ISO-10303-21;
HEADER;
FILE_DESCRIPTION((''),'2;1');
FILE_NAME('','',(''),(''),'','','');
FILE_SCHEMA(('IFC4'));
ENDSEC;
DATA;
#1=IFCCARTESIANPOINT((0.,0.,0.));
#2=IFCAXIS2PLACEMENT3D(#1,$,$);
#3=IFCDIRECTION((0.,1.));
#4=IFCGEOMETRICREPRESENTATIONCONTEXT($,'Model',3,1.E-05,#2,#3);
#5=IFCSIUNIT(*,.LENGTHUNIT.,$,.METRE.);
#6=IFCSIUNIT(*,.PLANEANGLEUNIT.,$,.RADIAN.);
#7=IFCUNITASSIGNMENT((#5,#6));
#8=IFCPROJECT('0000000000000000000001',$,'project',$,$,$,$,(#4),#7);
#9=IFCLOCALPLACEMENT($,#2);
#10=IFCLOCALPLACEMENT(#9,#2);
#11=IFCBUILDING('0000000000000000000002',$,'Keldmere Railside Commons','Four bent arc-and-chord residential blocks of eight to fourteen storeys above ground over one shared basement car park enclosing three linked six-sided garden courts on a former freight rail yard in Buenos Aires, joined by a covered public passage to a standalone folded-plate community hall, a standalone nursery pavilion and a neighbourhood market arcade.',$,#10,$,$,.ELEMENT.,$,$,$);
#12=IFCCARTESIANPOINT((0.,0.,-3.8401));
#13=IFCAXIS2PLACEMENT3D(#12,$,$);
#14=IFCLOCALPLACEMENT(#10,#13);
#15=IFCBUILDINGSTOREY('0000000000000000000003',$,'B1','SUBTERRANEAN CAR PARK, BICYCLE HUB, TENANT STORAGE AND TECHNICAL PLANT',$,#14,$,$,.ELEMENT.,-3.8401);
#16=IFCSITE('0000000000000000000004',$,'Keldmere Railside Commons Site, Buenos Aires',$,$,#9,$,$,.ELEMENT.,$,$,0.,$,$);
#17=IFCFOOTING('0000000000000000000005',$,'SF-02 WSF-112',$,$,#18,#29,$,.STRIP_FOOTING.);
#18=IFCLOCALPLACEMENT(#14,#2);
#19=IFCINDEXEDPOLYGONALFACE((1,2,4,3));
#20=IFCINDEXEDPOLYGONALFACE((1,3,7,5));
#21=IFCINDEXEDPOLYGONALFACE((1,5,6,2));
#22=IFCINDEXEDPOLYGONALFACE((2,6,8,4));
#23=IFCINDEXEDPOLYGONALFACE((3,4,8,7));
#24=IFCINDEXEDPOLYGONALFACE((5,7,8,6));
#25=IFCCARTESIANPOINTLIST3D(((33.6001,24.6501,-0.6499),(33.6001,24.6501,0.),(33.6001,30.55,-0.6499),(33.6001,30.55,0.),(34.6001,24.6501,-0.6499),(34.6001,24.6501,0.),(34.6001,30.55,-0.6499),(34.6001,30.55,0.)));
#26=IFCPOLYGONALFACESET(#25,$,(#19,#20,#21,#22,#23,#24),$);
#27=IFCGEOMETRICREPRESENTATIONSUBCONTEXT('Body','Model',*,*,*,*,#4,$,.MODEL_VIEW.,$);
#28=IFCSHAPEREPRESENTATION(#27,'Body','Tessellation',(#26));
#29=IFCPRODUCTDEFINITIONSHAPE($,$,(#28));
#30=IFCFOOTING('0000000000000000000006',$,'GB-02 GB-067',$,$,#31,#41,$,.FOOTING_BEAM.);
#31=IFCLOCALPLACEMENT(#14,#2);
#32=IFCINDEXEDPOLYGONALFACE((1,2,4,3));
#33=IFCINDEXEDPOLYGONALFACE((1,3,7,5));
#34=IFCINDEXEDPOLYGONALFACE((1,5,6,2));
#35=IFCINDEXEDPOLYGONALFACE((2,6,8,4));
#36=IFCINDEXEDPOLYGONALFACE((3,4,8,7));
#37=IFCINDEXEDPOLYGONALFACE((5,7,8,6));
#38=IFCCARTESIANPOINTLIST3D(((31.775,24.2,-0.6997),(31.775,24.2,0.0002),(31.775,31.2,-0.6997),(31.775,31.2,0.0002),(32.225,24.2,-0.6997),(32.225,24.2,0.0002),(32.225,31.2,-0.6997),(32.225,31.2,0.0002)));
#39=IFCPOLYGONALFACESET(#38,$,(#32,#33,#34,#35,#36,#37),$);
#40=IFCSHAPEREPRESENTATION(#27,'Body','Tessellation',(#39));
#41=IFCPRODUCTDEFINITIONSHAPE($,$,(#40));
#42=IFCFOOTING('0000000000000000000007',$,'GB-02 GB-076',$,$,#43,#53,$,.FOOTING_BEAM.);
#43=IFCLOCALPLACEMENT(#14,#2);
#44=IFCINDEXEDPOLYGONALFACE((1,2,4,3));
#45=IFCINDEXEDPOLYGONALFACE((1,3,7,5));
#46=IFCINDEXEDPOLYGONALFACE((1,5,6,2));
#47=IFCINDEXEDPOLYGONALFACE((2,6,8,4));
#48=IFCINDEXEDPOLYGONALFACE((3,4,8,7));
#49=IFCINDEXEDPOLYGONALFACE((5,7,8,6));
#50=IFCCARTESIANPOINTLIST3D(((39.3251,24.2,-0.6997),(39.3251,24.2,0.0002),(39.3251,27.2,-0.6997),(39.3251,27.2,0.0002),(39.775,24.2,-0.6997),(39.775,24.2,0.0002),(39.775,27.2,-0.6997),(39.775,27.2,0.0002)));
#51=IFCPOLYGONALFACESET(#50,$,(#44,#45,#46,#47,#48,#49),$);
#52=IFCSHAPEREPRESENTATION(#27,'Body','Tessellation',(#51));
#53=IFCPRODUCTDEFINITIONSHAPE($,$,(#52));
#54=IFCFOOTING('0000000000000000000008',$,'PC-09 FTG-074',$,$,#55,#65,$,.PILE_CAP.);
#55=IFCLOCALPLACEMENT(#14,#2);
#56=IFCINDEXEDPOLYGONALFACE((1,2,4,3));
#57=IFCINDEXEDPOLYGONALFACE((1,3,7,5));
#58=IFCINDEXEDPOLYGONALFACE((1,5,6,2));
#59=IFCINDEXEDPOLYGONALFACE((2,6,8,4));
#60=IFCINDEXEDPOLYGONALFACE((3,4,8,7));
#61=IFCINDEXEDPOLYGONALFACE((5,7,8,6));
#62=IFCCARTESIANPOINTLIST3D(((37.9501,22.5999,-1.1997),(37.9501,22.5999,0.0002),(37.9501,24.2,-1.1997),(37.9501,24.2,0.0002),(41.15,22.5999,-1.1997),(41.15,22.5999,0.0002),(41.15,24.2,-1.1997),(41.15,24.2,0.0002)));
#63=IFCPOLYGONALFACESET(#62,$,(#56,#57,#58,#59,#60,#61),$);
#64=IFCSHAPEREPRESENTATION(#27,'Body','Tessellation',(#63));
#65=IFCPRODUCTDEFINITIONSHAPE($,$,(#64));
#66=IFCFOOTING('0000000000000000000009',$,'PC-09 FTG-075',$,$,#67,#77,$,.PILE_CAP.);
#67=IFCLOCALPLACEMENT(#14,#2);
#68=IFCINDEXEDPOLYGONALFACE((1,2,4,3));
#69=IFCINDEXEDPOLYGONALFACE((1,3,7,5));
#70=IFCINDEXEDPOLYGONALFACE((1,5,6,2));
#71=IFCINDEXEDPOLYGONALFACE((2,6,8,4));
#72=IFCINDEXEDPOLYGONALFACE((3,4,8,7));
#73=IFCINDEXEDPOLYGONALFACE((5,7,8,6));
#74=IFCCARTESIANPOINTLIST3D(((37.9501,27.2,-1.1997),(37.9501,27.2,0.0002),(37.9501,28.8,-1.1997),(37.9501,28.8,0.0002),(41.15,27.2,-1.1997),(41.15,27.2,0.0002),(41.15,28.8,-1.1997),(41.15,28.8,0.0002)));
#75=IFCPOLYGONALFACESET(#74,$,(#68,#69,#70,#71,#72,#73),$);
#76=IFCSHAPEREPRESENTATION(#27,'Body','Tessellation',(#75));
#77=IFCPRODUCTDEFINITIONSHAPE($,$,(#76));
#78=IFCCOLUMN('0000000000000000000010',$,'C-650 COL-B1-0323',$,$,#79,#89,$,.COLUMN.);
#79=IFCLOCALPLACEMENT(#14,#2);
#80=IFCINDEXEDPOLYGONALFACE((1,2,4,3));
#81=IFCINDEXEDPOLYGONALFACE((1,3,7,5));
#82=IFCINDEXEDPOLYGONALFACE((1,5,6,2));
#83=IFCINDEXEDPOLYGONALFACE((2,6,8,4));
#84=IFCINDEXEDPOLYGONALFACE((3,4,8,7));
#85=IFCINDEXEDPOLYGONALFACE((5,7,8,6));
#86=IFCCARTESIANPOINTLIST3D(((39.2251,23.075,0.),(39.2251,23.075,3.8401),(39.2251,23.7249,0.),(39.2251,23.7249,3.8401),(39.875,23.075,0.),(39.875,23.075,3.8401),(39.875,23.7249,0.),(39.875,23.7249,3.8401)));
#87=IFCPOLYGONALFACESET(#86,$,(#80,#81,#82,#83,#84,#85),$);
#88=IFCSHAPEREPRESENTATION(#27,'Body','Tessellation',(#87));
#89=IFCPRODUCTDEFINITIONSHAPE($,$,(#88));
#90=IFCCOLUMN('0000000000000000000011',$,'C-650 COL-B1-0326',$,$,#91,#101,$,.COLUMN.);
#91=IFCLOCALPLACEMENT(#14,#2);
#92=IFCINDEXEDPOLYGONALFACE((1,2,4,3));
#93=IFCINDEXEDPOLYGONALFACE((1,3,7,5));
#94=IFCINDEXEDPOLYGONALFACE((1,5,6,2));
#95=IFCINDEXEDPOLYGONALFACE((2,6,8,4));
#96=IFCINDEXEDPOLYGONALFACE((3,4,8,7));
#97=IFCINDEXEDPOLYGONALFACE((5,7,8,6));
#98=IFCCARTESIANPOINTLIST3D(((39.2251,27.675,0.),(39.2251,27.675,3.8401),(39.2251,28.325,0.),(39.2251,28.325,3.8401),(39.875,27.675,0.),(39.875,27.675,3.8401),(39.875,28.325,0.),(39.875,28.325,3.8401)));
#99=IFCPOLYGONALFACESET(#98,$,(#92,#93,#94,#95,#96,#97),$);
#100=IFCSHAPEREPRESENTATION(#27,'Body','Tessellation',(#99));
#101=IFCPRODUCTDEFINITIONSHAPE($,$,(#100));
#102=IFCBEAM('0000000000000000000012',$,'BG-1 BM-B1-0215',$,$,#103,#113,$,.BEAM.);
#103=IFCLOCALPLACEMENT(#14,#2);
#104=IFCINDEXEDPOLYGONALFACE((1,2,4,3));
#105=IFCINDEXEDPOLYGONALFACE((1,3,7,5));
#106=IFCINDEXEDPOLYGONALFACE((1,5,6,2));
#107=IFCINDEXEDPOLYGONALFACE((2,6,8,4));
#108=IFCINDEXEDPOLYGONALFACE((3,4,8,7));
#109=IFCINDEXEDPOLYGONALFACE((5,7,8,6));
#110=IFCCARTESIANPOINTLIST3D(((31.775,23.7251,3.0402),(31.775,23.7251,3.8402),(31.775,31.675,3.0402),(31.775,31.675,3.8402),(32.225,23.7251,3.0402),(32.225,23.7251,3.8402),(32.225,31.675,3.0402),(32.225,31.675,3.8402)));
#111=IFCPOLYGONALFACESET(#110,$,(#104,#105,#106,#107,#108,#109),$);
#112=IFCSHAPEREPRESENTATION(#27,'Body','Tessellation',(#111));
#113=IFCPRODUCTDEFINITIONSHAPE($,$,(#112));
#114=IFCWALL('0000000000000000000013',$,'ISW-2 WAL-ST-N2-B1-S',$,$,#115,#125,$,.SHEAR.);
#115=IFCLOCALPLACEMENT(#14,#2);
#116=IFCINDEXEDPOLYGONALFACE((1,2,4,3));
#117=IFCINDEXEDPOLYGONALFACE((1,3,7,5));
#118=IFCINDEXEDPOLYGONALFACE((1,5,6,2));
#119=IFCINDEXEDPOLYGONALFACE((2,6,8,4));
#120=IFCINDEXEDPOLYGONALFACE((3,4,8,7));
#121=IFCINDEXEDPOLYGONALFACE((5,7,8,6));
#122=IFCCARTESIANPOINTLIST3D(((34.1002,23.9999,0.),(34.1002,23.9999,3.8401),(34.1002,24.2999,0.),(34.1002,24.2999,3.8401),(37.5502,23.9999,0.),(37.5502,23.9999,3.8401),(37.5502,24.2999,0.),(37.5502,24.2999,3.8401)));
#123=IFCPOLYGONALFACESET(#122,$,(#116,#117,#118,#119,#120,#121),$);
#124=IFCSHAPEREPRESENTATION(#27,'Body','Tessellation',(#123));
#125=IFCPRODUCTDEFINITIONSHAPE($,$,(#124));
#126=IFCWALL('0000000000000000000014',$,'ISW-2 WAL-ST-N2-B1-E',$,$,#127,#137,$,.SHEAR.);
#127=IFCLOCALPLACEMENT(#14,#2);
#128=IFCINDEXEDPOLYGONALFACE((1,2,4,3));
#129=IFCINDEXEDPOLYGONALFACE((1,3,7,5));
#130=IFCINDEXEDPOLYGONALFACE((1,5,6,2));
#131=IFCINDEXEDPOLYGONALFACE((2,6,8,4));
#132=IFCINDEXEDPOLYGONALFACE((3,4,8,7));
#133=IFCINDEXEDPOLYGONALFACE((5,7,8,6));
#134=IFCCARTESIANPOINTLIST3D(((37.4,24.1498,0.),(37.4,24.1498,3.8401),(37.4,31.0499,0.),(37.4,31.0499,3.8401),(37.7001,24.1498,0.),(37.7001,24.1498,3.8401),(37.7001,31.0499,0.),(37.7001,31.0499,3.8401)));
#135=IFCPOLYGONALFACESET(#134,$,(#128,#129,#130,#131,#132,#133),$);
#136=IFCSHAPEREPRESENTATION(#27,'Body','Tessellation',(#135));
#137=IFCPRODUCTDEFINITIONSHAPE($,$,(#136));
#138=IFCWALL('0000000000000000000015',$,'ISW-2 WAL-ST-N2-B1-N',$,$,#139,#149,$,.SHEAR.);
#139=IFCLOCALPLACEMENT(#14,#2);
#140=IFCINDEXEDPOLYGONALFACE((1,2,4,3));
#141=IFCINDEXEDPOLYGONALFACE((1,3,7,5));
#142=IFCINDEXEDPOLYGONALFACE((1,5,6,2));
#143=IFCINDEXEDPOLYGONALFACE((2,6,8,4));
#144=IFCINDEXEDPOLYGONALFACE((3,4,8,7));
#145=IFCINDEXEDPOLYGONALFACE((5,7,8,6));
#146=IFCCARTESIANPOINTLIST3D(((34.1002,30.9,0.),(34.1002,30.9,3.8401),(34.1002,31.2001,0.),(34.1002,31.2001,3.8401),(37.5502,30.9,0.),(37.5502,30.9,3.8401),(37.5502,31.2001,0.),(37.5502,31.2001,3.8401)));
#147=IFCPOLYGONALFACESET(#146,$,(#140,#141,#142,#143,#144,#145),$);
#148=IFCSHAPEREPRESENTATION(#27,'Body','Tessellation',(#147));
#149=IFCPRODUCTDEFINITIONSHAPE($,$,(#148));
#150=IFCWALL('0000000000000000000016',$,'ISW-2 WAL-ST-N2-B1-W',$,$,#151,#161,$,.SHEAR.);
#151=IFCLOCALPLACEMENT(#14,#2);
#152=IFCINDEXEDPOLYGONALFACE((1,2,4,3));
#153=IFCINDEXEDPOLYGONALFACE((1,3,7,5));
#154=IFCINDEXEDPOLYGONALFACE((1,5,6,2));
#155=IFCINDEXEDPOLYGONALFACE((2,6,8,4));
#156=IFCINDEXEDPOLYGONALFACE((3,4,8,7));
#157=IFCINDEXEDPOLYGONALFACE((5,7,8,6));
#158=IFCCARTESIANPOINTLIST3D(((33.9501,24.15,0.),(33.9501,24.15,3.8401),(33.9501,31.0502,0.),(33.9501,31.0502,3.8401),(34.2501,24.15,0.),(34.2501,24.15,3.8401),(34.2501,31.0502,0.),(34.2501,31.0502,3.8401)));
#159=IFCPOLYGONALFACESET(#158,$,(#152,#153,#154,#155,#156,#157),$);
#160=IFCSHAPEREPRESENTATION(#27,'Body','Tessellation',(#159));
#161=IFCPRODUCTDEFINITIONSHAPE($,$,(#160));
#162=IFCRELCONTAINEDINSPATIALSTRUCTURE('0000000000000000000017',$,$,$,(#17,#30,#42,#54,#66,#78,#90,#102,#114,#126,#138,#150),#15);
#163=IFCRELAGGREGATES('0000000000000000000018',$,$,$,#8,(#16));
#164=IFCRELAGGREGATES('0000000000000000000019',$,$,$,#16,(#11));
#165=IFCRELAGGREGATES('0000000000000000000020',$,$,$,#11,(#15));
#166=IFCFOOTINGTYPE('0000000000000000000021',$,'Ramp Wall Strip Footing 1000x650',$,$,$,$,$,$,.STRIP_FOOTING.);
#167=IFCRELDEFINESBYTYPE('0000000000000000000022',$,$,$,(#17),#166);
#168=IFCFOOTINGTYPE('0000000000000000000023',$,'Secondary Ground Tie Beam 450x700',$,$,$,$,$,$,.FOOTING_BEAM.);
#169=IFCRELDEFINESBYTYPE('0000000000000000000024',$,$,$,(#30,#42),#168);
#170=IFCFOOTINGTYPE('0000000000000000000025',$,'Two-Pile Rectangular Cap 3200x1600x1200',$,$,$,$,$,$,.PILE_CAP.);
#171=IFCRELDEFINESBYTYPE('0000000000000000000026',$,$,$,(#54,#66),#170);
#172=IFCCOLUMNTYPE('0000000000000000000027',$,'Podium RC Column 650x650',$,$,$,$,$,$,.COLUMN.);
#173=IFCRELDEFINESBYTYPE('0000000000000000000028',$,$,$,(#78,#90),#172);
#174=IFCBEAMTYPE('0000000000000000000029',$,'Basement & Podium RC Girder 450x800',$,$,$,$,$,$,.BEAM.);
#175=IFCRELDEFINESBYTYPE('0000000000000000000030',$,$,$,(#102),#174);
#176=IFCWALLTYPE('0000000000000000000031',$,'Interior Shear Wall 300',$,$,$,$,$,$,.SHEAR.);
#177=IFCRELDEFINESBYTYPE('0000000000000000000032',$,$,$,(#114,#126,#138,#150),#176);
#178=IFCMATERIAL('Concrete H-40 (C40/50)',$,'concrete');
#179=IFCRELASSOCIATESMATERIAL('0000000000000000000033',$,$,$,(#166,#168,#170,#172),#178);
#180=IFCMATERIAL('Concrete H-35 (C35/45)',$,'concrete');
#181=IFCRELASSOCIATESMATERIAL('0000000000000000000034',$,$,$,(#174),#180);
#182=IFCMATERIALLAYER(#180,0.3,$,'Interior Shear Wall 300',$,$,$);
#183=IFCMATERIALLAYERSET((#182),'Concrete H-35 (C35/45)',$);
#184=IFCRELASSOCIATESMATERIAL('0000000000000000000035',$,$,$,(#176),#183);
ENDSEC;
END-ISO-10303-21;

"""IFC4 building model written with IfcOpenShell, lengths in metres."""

from ifc_helpers import new_model, si_unit, direction, frame, frame_2d, origin, origin_2d, place, context, subcontext, project, spatial, rectangle, extrude, material, layer, layer_set, material_profile, profile_set, type_object, element, save


model = new_model("IFC4")

# Units and contexts
model_context = context("Model", 3, precision=1e-05, world=origin(), true_north=direction((0.0, 1.0)))
body_context = subcontext(model_context, "Body", "Model", "MODEL_VIEW")
ifc_project = project(units=[si_unit("LENGTHUNIT", "METRE"), si_unit("PLANEANGLEUNIT", "RADIAN")], contexts=[model_context])

# Site, building, storey
site_placement = place(None, origin())
site = spatial("IfcSite", under=ifc_project, at=site_placement, Name="Keldmere Railside Commons Site, Buenos Aires", CompositionType="ELEMENT", RefElevation=0.0)
building_placement = place(site_placement, origin())
building = spatial("IfcBuilding", under=site, at=building_placement, Name="Keldmere Railside Commons", Description="Four bent arc-and-chord residential blocks of eight to fourteen storeys above ground over one shared basement car park enclosing three linked six-sided garden courts on a former freight rail yard in Buenos Aires, joined by a covered public passage to a standalone folded-plate community hall, a standalone nursery pavilion and a neighbourhood market arcade.", CompositionType="ELEMENT")
storey_placement = place(building_placement, frame((0.0, 0.0, -3.8401)))
storey = spatial("IfcBuildingStorey", under=building, at=storey_placement, Name="B1", Description="SUBTERRANEAN CAR PARK, BICYCLE HUB, TENANT STORAGE AND TECHNICAL PLANT", CompositionType="ELEMENT", Elevation=-3.8401)

# Footings
ifc_material_1 = material(Name="Concrete H-40 (C40/50)", Category="concrete")
footing_type_1 = type_object("IfcFootingType", Name="Ramp Wall Strip Footing 1000x650", PredefinedType="STRIP_FOOTING", material=ifc_material_1)
footing_1_placement = place(storey_placement, frame((34.1001, 27.6001, -0.6499), z_axis=(0.0, 0.0, 1.0), x_axis=(0.0, 1.0, 0.0)))
element("IfcFooting", 1, at=footing_1_placement, inside=storey, type_object=footing_type_1, Name="SF-02 WSF-112", PredefinedType="STRIP_FOOTING", context=body_context, shape_type="SweptSolid", body=[
    extrude(rectangle(XDim=5.8999, YDim=1.0, at=origin_2d()), origin(), (0.0, 0.0, 1.0), 0.6499),
])
footing_type_2 = type_object("IfcFootingType", Name="Secondary Ground Tie Beam 450x700", PredefinedType="FOOTING_BEAM", material=ifc_material_1)
footing_2_placement = place(storey_placement, frame((32.0, 27.7, -0.6997), z_axis=(0.0, 0.0, 1.0), x_axis=(0.0, 1.0, 0.0)))
element("IfcFooting", 2, at=footing_2_placement, inside=storey, type_object=footing_type_2, Name="GB-02 GB-067", PredefinedType="FOOTING_BEAM", context=body_context, shape_type="SweptSolid", body=[
    extrude(rectangle(XDim=7.0, YDim=0.45, at=origin_2d()), origin(), (0.0, 0.0, 1.0), 0.7),
])
footing_3_placement = place(storey_placement, frame((39.55, 25.7, -0.6997), z_axis=(0.0, 0.0, 1.0), x_axis=(0.0, 1.0, 0.0)))
element("IfcFooting", 3, at=footing_3_placement, inside=storey, type_object=footing_type_2, Name="GB-02 GB-076", PredefinedType="FOOTING_BEAM", context=body_context, shape_type="SweptSolid", body=[
    extrude(rectangle(XDim=3.0, YDim=0.45, at=origin_2d()), origin(), (0.0, 0.0, 1.0), 0.7),
])
footing_type_3 = type_object("IfcFootingType", Name="Two-Pile Rectangular Cap 3200x1600x1200", PredefinedType="PILE_CAP", material=ifc_material_1)
for number, where, z_axis, x_axis, name in (
    (4, (39.55, 23.3999, -1.1997), (0.0, 0.0, 1.0), (1.0, 0.0, 0.0), "PC-09 FTG-074"),
    (5, (39.55, 28.0, -1.1997), (0.0, 0.0, 1.0), (1.0, 0.0, 0.0), "PC-09 FTG-075"),
):
    element("IfcFooting", number, at=place(storey_placement, frame(where, z_axis=z_axis, x_axis=x_axis)), inside=storey, type_object=footing_type_3, Name=name, PredefinedType="PILE_CAP", context=body_context, shape_type="SweptSolid", body=[
        extrude(rectangle(XDim=3.2, YDim=1.6001, at=origin_2d()), origin(), (0.0, 0.0, 1.0), 1.2),
    ])

# Columns
ifc_material_profile_1 = material_profile(ifc_material_1, rectangle(XDim=0.6499, YDim=0.6499, at=origin_2d()), Name="RC-650x650")
ifc_profile_set_1 = profile_set([ifc_material_profile_1], Name="Concrete H-40 (C40/50)")
column_type = type_object("IfcColumnType", Name="Podium RC Column 650x650", PredefinedType="COLUMN", material=ifc_profile_set_1)
for number, where, z_axis, x_axis, name in (
    (6, (39.55, 23.3999, 0.0), (0.0, 0.0, 1.0), (1.0, 0.0, 0.0), "C-650 COL-B1-0323"),
    (7, (39.55, 28.0, 0.0), (0.0, 0.0, 1.0), (1.0, 0.0, 0.0), "C-650 COL-B1-0326"),
):
    element("IfcColumn", number, at=place(storey_placement, frame(where, z_axis=z_axis, x_axis=x_axis)), inside=storey, type_object=column_type, Name=name, PredefinedType="COLUMN", context=body_context, shape_type="SweptSolid", body=[
        extrude(rectangle(XDim=0.6499, YDim=0.6499, at=origin_2d()), origin(), (0.0, 0.0, 1.0), 3.8401),
    ])

# Beam
ifc_material_2 = material(Name="Concrete H-35 (C35/45)", Category="concrete")
ifc_material_profile_2 = material_profile(ifc_material_2, rectangle(XDim=0.45, YDim=0.8, at=origin_2d()), Name="RC-450x800")
ifc_profile_set_2 = profile_set([ifc_material_profile_2], Name="Concrete H-35 (C35/45)")
beam_type = type_object("IfcBeamType", Name="Basement & Podium RC Girder 450x800", PredefinedType="BEAM", material=ifc_profile_set_2)
beam_placement = place(storey_placement, frame((32.0, 23.7251, 3.4402), z_axis=(0.0, 1.0, 0.0), x_axis=(-1.0, 0.0, 0.0)))
element("IfcBeam", 8, at=beam_placement, inside=storey, type_object=beam_type, Name="BG-1 BM-B1-0215", PredefinedType="BEAM", context=body_context, shape_type="SweptSolid", body=[
    extrude(rectangle(XDim=0.45, YDim=0.8, at=origin_2d()), origin(), (0.0, 0.0, 1.0), 7.95),
])

# Walls
ifc_layer = layer(ifc_material_2, 0.3, Name="Interior Shear Wall 300")
ifc_layer_set = layer_set([ifc_layer], Name="Concrete H-35 (C35/45)")
wall_type = type_object("IfcWallType", Name="Interior Shear Wall 300", PredefinedType="SHEAR", material=ifc_layer_set)
wall_1_placement = place(storey_placement, frame((34.1001, 24.1499, 0.0), z_axis=(0.0, 0.0, 1.0), x_axis=(1.0, 0.0, 0.0)))
element("IfcWall", 9, at=wall_1_placement, inside=storey, type_object=wall_type, Name="ISW-2 WAL-ST-N2-B1-S", PredefinedType="SHEAR", context=body_context, shape_type="SweptSolid", body=[
    extrude(rectangle(XDim=3.45, YDim=0.3, at=frame_2d((1.7251, 0.0))), origin(), (0.0, 0.0, 1.0), 3.8401),
])
wall_2_placement = place(storey_placement, frame((37.55, 31.05, 0.0), z_axis=(0.0, 0.0, 1.0), x_axis=(0.0, -1.0, 0.0)))
element("IfcWall", 10, at=wall_2_placement, inside=storey, type_object=wall_type, Name="ISW-2 WAL-ST-N2-B1-E", PredefinedType="SHEAR", context=body_context, shape_type="SweptSolid", body=[
    extrude(rectangle(XDim=6.9001, YDim=0.3, at=frame_2d((3.4502, 0.0))), origin(), (0.0, 0.0, 1.0), 3.8401),
])
wall_3_placement = place(storey_placement, frame((34.1001, 31.05, 0.0), z_axis=(0.0, 0.0, 1.0), x_axis=(1.0, 0.0, 0.0)))
element("IfcWall", 11, at=wall_3_placement, inside=storey, type_object=wall_type, Name="ISW-2 WAL-ST-N2-B1-N", PredefinedType="SHEAR", context=body_context, shape_type="SweptSolid", body=[
    extrude(rectangle(XDim=3.45, YDim=0.3, at=frame_2d((1.7251, 0.0))), origin(), (0.0, 0.0, 1.0), 3.8401),
])
wall_4_placement = place(storey_placement, frame((34.1001, 24.1499, 0.0), z_axis=(0.0, 0.0, 1.0), x_axis=(0.0, 1.0, 0.0)))
element("IfcWall", 12, at=wall_4_placement, inside=storey, type_object=wall_type, Name="ISW-2 WAL-ST-N2-B1-W", PredefinedType="SHEAR", context=body_context, shape_type="SweptSolid", body=[
    extrude(rectangle(XDim=6.9001, YDim=0.3, at=frame_2d((3.4502, 0.0))), origin(), (0.0, 0.0, 1.0), 3.8401),
])

save(model, "model.ifc")
